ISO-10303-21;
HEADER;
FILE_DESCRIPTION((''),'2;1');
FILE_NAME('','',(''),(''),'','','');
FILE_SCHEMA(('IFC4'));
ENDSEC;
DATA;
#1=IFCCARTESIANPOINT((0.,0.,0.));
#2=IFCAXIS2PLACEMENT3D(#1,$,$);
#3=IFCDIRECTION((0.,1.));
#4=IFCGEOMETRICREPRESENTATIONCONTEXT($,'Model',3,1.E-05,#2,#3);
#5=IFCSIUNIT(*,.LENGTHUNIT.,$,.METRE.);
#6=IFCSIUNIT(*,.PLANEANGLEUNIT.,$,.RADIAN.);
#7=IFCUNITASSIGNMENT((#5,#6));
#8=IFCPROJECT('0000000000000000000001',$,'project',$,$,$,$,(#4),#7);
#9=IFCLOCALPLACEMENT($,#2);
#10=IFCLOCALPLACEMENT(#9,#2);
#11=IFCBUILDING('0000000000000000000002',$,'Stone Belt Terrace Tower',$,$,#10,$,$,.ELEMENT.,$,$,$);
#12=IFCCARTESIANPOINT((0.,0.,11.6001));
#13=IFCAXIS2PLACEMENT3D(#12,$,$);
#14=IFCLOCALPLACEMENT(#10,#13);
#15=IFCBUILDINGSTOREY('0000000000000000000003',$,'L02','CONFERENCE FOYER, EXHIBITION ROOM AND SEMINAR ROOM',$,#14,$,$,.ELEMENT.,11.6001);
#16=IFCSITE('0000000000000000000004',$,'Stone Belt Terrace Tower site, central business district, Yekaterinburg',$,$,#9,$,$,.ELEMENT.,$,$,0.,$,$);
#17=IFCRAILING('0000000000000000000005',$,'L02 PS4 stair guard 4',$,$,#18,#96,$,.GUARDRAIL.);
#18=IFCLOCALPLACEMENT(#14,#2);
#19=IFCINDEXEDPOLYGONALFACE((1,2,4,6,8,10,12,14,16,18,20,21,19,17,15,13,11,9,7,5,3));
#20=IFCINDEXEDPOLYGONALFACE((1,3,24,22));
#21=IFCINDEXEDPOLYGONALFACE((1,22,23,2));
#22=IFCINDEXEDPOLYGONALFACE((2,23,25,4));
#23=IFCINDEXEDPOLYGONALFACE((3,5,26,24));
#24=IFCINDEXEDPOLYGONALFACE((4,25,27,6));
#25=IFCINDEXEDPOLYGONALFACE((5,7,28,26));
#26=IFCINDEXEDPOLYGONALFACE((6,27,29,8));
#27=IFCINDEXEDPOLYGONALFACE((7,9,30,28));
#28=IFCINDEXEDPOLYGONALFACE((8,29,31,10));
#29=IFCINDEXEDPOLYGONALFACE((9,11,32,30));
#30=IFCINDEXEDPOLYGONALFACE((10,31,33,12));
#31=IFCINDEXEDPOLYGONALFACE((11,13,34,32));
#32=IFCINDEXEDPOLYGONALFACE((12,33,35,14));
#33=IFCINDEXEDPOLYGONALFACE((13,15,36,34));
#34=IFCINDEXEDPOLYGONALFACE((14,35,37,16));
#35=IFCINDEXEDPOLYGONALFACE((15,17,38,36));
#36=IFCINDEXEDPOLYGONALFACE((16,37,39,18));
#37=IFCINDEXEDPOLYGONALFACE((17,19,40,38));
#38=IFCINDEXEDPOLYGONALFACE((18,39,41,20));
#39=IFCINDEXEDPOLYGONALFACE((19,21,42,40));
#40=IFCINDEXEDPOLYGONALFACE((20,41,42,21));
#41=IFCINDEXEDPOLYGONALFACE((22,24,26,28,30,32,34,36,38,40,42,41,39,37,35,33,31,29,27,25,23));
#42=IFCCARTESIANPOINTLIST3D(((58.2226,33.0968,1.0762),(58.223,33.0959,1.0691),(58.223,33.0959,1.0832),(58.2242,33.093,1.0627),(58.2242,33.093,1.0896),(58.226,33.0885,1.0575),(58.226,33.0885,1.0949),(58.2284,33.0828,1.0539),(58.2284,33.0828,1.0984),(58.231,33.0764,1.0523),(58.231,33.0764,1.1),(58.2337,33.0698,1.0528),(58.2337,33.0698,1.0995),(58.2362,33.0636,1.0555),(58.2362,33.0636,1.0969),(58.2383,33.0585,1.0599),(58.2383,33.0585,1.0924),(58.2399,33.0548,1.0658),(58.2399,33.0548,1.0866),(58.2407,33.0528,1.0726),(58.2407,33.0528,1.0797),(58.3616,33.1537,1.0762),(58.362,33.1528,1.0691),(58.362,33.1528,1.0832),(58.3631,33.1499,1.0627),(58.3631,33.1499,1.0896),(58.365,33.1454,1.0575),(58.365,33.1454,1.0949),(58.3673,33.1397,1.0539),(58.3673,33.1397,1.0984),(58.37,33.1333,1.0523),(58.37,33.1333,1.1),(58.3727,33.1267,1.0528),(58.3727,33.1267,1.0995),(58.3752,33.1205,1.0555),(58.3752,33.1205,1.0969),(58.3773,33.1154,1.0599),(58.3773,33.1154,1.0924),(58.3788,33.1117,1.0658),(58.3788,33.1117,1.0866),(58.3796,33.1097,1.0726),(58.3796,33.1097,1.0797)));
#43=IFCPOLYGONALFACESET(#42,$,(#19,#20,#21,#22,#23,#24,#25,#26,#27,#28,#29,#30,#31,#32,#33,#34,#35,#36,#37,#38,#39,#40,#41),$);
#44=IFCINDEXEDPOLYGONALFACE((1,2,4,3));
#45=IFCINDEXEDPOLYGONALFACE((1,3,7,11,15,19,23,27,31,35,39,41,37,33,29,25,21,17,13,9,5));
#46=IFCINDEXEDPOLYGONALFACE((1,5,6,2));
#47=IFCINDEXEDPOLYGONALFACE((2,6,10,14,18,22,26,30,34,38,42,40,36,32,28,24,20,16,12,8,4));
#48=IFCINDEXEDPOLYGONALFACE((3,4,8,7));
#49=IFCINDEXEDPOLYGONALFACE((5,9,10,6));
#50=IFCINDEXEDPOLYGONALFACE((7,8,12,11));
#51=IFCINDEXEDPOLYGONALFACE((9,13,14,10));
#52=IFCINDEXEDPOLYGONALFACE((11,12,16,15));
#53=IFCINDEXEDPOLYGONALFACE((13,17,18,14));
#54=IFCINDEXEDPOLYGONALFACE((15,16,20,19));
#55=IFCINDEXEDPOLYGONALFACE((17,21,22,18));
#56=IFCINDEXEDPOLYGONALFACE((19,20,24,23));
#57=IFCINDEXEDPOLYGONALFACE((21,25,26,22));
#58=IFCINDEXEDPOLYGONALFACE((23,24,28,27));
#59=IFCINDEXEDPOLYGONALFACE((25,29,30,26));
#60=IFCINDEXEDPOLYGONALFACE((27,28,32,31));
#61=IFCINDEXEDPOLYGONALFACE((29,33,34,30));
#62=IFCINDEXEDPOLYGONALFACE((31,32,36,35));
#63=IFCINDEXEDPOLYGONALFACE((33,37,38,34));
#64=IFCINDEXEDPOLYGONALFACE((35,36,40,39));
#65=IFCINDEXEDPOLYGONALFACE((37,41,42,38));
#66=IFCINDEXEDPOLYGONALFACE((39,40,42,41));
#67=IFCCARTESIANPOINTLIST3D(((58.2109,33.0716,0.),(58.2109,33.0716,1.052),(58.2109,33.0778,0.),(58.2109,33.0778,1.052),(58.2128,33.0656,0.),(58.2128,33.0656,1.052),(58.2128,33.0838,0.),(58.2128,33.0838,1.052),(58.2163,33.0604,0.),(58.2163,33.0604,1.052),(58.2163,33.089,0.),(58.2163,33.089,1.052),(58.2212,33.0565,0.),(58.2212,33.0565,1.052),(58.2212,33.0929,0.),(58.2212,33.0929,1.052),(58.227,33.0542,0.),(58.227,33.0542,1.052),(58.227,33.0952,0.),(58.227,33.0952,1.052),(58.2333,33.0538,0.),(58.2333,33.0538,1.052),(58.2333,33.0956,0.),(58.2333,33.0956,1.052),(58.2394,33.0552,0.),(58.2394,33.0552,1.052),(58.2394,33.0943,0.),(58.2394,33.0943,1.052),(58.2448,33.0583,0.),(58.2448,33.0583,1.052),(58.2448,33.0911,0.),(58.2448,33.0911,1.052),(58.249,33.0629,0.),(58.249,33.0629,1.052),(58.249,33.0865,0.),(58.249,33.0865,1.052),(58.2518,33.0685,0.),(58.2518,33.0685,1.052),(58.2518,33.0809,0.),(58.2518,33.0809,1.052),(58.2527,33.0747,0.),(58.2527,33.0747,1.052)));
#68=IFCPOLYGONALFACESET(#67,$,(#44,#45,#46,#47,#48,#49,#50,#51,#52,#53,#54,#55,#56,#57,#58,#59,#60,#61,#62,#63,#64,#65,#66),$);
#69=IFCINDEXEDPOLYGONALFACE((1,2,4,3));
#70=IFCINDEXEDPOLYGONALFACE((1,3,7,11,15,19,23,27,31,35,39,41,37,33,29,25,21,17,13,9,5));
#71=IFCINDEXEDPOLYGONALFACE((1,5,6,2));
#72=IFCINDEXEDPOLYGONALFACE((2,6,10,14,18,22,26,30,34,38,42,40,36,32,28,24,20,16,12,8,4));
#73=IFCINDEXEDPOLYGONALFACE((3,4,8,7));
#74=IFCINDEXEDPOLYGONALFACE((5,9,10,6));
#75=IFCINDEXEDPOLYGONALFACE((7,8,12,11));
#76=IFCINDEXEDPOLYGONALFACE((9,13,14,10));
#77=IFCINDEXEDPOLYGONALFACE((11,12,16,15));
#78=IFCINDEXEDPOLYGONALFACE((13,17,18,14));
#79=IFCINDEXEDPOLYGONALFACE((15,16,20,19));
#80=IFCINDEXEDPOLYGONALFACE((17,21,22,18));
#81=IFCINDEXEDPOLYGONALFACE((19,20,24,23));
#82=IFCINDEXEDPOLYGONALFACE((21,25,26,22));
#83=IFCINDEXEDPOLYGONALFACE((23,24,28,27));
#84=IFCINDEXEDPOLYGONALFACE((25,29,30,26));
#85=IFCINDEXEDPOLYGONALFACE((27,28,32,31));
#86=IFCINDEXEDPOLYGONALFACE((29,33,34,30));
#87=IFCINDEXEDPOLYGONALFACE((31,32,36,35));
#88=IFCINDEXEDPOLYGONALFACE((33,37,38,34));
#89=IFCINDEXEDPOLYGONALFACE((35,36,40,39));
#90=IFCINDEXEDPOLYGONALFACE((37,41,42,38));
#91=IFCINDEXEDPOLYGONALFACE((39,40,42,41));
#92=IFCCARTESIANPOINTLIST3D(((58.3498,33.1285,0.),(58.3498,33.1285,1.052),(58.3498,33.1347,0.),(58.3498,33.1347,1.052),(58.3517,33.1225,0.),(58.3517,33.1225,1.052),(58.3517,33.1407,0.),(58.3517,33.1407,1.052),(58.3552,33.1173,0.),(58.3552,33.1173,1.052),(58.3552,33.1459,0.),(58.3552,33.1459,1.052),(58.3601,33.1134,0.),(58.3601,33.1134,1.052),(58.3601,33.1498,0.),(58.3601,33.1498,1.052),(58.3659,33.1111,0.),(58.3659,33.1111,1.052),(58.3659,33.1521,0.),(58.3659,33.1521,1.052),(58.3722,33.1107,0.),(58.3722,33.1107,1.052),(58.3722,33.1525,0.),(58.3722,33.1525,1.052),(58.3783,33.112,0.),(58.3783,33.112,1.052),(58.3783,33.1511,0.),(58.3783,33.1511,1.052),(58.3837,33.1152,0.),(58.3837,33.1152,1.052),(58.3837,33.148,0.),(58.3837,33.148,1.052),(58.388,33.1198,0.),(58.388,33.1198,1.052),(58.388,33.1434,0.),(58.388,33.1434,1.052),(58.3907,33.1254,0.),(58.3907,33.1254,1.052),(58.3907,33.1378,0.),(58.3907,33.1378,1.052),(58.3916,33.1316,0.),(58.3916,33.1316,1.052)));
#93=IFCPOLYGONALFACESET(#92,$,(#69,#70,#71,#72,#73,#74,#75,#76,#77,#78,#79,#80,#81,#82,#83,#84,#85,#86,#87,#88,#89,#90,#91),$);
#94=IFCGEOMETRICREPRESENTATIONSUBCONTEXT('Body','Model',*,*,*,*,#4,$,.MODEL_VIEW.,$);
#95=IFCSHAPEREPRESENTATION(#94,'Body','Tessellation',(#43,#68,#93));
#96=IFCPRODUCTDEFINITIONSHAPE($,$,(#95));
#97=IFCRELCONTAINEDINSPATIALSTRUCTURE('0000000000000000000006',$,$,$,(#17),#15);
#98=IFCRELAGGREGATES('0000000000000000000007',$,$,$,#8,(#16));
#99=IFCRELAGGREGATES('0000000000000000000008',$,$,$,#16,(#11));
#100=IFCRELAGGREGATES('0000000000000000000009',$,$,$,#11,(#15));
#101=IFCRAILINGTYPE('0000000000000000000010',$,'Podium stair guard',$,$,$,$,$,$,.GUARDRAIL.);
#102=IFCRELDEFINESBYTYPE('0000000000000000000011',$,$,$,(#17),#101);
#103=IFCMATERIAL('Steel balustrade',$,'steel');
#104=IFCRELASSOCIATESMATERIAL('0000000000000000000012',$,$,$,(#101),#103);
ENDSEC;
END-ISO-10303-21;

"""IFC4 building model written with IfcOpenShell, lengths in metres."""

from ifc_helpers import new_model, si_unit, direction, frame, origin, origin_2d, place, context, subcontext, project, spatial, circle, extrude, material, type_object, element, save


model = new_model("IFC4")

# Units and contexts
model_context = context("Model", 3, precision=1e-05, world=origin(), true_north=direction((0.0, 1.0)))
body_context = subcontext(model_context, "Body", "Model", "MODEL_VIEW")
ifc_project = project(units=[si_unit("LENGTHUNIT", "METRE"), si_unit("PLANEANGLEUNIT", "RADIAN")], contexts=[model_context])

# Site, building, storey
site_placement = place(None, origin())
site = spatial("IfcSite", under=ifc_project, at=site_placement, Name="Stone Belt Terrace Tower site, central business district, Yekaterinburg", CompositionType="ELEMENT", RefElevation=0.0)
building_placement = place(site_placement, origin())
building = spatial("IfcBuilding", under=site, at=building_placement, Name="Stone Belt Terrace Tower", CompositionType="ELEMENT")
storey_placement = place(building_placement, frame((0.0, 0.0, 11.6001)))
storey = spatial("IfcBuildingStorey", under=building, at=storey_placement, Name="L02", Description="CONFERENCE FOYER, EXHIBITION ROOM AND SEMINAR ROOM", CompositionType="ELEMENT", Elevation=11.6001)

# Railing
ifc_material_1 = material(Name="Steel balustrade", Category="steel")
railing_type_1 = type_object("IfcRailingType", Name="Podium stair guard", PredefinedType="GUARDRAIL", material=ifc_material_1)
railing_1_placement = place(storey_placement, frame((58.2317, 33.0747, 0.0)))
element("IfcRailing", 1, at=railing_1_placement, inside=storey, type_object=railing_type_1, Name="L02 PS4 stair guard 4", PredefinedType="GUARDRAIL", context=body_context, shape_type="SweptSolid", body=[
    extrude(circle(Radius=0.0239, at=origin_2d()), frame((0.0, 0.0, 1.0762), z_axis=(0.925417, 0.378949, 0.0), x_axis=(-0.378949, 0.925417, 0.0)), (0.0, 0.0, 1.0), 0.1501),
    extrude(circle(Radius=0.021, at=origin_2d()), origin(), (0.0, 0.0, 1.0), 1.052),
    extrude(circle(Radius=0.021, at=origin_2d()), frame((0.1389, 0.0569, 0.0)), (0.0, 0.0, 1.0), 1.052),
])

save(model, "model.ifc")
